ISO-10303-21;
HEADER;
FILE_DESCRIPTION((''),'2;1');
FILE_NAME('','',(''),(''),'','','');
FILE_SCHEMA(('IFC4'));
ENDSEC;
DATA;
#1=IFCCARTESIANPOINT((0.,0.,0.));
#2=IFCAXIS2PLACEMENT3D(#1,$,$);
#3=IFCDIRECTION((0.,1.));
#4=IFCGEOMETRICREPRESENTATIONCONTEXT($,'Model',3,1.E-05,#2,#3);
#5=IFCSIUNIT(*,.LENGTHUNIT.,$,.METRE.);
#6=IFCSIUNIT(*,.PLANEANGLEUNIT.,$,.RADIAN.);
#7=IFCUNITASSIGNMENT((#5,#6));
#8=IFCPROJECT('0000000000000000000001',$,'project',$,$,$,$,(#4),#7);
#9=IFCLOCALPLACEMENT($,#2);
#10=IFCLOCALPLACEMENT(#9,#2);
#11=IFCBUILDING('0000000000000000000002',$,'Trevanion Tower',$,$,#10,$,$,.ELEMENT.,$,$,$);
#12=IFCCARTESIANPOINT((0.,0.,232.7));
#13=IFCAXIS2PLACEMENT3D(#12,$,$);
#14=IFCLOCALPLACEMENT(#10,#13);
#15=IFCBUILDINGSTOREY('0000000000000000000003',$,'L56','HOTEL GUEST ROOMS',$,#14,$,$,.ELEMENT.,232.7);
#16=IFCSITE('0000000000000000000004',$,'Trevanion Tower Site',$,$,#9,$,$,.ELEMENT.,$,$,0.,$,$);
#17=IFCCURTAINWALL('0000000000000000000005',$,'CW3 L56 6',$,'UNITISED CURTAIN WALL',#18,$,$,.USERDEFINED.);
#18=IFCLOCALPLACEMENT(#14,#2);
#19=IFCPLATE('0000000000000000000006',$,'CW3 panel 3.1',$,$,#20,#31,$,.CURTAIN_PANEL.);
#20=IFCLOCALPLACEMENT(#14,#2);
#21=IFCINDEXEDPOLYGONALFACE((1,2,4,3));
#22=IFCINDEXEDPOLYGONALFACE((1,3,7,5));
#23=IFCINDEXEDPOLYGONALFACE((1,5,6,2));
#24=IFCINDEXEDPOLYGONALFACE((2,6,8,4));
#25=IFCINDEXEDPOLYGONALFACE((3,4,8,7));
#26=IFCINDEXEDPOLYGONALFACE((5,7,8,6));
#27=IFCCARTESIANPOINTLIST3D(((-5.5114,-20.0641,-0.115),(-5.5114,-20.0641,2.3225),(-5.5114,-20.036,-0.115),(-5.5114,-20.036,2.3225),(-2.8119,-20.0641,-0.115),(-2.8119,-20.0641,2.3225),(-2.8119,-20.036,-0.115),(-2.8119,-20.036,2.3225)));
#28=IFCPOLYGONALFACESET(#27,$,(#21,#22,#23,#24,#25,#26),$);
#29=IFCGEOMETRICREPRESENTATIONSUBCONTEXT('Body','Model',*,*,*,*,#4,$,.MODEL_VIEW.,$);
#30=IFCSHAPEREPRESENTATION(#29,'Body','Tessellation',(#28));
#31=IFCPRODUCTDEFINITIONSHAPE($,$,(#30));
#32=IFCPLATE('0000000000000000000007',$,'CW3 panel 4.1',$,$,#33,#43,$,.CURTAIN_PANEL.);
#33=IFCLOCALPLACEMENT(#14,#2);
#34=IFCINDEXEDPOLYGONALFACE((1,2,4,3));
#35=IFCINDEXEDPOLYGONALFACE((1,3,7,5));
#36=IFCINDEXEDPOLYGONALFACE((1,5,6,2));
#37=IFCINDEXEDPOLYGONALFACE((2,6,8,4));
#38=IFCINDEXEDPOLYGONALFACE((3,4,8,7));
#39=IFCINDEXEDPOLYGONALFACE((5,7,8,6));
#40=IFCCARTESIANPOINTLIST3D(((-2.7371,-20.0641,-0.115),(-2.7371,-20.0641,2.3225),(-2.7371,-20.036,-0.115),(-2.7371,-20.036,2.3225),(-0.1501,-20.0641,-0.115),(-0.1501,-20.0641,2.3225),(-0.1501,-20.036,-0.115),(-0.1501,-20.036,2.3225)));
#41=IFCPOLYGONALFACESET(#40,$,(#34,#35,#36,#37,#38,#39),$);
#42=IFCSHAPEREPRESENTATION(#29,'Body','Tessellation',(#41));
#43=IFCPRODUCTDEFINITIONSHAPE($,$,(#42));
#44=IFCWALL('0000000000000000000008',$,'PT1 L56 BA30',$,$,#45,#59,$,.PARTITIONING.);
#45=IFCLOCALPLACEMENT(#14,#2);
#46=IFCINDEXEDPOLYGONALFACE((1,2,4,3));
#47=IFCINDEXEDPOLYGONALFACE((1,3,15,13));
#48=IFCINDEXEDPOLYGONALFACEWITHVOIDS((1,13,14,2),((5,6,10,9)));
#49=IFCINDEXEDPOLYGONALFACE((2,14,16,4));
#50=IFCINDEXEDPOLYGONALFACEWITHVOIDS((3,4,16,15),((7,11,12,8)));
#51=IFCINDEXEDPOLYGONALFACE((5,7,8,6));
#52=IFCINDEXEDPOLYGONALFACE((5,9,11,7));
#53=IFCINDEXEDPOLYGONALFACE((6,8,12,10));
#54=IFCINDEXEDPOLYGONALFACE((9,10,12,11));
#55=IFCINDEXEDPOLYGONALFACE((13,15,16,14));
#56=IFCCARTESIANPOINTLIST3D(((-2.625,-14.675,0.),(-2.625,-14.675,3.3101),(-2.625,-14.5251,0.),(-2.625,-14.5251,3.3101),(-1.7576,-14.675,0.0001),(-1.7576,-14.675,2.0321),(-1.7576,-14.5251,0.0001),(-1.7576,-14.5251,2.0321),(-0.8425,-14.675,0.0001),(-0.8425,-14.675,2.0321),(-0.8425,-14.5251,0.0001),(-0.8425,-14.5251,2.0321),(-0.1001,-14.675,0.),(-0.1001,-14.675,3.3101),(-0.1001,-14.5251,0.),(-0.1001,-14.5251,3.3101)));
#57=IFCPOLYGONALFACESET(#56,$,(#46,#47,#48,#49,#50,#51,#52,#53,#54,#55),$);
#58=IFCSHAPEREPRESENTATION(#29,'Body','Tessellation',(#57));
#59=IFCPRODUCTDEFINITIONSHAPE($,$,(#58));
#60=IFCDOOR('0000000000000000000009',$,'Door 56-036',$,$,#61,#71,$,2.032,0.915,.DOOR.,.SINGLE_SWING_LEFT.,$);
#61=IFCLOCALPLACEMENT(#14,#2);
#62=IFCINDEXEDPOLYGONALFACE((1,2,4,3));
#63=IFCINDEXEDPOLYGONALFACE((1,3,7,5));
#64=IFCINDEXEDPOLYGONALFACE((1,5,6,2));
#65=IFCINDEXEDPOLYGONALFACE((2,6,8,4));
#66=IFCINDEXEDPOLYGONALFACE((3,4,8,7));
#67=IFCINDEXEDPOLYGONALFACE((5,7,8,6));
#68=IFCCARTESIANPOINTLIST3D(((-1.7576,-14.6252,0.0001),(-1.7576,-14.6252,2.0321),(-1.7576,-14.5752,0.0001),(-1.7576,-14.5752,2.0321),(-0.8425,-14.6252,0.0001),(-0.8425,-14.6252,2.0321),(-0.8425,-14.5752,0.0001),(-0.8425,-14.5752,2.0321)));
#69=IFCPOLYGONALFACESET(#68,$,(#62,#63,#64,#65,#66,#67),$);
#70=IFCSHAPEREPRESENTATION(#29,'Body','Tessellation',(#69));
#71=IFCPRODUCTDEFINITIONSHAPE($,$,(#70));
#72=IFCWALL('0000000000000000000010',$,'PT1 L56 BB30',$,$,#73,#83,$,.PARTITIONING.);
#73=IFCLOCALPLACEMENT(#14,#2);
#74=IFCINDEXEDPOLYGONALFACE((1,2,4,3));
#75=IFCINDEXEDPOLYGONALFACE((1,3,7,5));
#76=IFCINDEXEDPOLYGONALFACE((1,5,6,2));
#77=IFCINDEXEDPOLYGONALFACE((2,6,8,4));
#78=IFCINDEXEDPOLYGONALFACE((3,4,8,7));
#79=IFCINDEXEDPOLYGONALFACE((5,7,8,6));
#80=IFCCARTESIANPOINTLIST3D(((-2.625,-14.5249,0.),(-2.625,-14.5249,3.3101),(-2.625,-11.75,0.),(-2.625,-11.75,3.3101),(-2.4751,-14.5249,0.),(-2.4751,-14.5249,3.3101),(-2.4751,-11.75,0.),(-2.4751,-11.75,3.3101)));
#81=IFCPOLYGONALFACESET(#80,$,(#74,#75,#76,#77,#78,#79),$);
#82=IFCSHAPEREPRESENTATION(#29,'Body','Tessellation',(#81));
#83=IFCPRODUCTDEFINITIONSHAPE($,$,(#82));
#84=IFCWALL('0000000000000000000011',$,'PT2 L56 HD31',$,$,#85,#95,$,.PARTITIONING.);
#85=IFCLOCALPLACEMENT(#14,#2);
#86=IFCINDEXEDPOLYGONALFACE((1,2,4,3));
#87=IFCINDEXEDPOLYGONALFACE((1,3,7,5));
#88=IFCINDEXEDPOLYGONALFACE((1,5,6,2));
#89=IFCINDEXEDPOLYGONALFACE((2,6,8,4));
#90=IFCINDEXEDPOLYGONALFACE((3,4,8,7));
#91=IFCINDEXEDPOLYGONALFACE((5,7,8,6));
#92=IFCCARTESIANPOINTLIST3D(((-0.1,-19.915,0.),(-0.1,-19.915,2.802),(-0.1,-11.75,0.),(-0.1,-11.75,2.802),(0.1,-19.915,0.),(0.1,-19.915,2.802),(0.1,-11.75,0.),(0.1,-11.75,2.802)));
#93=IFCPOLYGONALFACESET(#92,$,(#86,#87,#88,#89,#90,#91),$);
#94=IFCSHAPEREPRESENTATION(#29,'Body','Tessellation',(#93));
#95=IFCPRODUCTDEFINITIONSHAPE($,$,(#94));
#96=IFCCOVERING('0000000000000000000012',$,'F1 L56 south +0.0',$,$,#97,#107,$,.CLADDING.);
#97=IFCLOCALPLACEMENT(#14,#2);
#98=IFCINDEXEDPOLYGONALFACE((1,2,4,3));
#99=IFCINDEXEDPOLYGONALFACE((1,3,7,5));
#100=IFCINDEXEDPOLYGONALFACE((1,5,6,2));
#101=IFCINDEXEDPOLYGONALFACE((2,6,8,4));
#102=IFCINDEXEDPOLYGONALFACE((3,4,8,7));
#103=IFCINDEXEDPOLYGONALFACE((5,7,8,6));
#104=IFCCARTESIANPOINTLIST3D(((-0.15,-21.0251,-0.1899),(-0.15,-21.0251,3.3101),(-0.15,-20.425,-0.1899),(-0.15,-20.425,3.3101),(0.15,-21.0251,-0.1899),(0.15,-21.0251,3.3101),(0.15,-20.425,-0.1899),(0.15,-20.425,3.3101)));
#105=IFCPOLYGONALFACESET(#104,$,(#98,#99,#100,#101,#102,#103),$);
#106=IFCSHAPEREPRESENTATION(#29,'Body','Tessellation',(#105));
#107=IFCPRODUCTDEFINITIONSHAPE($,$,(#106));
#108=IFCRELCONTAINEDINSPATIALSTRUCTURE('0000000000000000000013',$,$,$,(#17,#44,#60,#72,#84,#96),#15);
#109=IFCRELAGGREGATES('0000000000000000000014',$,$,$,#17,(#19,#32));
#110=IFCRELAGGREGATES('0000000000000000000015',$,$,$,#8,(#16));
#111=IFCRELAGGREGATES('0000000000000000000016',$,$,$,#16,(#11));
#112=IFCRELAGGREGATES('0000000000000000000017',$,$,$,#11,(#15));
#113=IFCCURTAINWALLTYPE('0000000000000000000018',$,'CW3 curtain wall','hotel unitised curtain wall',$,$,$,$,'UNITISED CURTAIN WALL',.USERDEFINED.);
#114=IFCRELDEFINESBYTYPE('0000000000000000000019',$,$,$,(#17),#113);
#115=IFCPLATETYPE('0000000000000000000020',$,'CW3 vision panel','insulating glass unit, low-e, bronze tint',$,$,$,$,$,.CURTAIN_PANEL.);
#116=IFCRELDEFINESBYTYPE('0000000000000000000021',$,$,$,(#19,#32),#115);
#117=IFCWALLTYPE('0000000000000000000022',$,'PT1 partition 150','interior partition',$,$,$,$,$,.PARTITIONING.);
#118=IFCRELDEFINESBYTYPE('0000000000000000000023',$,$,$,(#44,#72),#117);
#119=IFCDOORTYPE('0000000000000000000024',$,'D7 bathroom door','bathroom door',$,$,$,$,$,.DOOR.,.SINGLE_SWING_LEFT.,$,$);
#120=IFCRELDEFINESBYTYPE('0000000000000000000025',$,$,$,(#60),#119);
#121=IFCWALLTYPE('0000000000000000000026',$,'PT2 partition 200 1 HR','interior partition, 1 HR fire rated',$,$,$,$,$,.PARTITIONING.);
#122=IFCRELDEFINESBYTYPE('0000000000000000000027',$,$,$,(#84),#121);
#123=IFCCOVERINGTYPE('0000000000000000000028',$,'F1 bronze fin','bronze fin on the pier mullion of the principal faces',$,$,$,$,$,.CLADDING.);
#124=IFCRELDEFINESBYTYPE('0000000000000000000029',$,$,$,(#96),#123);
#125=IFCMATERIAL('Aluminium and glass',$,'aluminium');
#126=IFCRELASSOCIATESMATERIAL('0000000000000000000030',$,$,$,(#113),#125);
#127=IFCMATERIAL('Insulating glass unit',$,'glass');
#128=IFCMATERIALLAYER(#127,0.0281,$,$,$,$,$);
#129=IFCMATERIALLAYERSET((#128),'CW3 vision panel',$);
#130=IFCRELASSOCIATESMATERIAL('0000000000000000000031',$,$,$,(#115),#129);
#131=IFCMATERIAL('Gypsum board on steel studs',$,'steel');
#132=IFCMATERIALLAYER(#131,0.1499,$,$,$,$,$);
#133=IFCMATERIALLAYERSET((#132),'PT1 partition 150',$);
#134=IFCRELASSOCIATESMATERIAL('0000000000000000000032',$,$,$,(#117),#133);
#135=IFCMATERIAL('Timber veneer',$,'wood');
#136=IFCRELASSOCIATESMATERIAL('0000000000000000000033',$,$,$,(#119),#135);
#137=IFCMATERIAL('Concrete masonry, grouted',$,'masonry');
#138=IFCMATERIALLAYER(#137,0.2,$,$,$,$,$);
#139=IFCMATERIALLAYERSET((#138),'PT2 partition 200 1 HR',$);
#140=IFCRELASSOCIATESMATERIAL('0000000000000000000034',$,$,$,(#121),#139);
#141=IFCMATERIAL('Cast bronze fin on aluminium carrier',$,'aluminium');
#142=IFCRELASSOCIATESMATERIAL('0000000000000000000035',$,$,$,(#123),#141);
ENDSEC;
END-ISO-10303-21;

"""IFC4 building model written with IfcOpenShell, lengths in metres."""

from ifc_helpers import new_model, si_unit, direction, frame, frame_2d, origin, origin_2d, place, context, subcontext, project, spatial, rectangle, extrude, material, layer, layer_set, type_object, element, fill, aggregate, save


model = new_model("IFC4")

# Units and contexts
model_context = context("Model", 3, precision=1e-05, world=origin(), true_north=direction((0.0, 1.0)))
body_context = subcontext(model_context, "Body", "Model", "MODEL_VIEW")
ifc_project = project(units=[si_unit("LENGTHUNIT", "METRE"), si_unit("PLANEANGLEUNIT", "RADIAN")], contexts=[model_context])

# Site, building, storey
site_placement = place(None, origin())
site = spatial("IfcSite", under=ifc_project, at=site_placement, Name="Trevanion Tower Site", CompositionType="ELEMENT", RefElevation=0.0)
building_placement = place(site_placement, origin())
building = spatial("IfcBuilding", under=site, at=building_placement, Name="Trevanion Tower", CompositionType="ELEMENT")
storey_placement = place(building_placement, frame((0.0, 0.0, 232.7)))
storey = spatial("IfcBuildingStorey", under=building, at=storey_placement, Name="L56", Description="HOTEL GUEST ROOMS", CompositionType="ELEMENT", Elevation=232.7)

# Curtain wall
ifc_material_1 = material(Name="Aluminium and glass", Category="aluminium")
curtain_wall_type = type_object("IfcCurtainWallType", Name="CW3 curtain wall", Description="hotel unitised curtain wall", ElementType="UNITISED CURTAIN WALL", PredefinedType="USERDEFINED", material=ifc_material_1)
curtain_wall_placement = place(storey_placement, origin())
curtain_wall = element("IfcCurtainWall", 1, at=curtain_wall_placement, inside=storey, type_object=curtain_wall_type, Name="CW3 L56 6", ObjectType="UNITISED CURTAIN WALL", PredefinedType="USERDEFINED")

# Plates
ifc_material_2 = material(Name="Insulating glass unit", Category="glass")
ifc_layer_1 = layer(ifc_material_2, 0.0281)
ifc_layer_set_1 = layer_set([ifc_layer_1], Name="CW3 vision panel")
plate_type_1 = type_object("IfcPlateType", Name="CW3 vision panel", Description="insulating glass unit, low-e, bronze tint", PredefinedType="CURTAIN_PANEL", material=ifc_layer_set_1)
plate_1_placement = place(storey_placement, frame((-4.1616, -20.05, -0.115), z_axis=(0.0, 0.0, 1.0), x_axis=(1.0, 0.0, 0.0)))
plate_1 = element("IfcPlate", 2, at=plate_1_placement, type_object=plate_type_1, Name="CW3 panel 3.1", PredefinedType="CURTAIN_PANEL", context=body_context, shape_type="SweptSolid", body=[
    extrude(rectangle(XDim=2.6995, YDim=0.0281, at=origin_2d()), origin(), (0.0, 0.0, 1.0), 2.4375),
])
plate_2_placement = place(storey_placement, frame((-1.4436, -20.05, -0.115), z_axis=(0.0, 0.0, 1.0), x_axis=(1.0, 0.0, 0.0)))
plate_2 = element("IfcPlate", 3, at=plate_2_placement, type_object=plate_type_1, Name="CW3 panel 4.1", PredefinedType="CURTAIN_PANEL", context=body_context, shape_type="SweptSolid", body=[
    extrude(rectangle(XDim=2.5869, YDim=0.0281, at=origin_2d()), origin(), (0.0, 0.0, 1.0), 2.4375),
])
aggregate(curtain_wall, [plate_1, plate_2])

# Wall, opening, door
ifc_material_3 = material(Name="Gypsum board on steel studs", Category="steel")
ifc_layer_2 = layer(ifc_material_3, 0.1499)
ifc_layer_set_2 = layer_set([ifc_layer_2], Name="PT1 partition 150")
wall_type_1 = type_object("IfcWallType", Name="PT1 partition 150", Description="interior partition", PredefinedType="PARTITIONING", material=ifc_layer_set_2)
wall_1_placement = place(storey_placement, frame((-2.625, -14.6001, 0.0), z_axis=(0.0, 0.0, 1.0), x_axis=(1.0, 0.0, 0.0)))
wall_1 = element("IfcWall", 4, at=wall_1_placement, inside=storey, type_object=wall_type_1, Name="PT1 L56 BA30", PredefinedType="PARTITIONING", context=body_context, shape_type="SweptSolid", body=[
    extrude(rectangle(XDim=2.5249, YDim=0.1499, at=frame_2d((1.2625, 0.0))), origin(), (0.0, 0.0, 1.0), 3.3101),
])
opening_placement = place(wall_1_placement, frame((0.8674, 0.0, 0.0)))
opening = element("IfcOpeningElement", 5, at=opening_placement, cuts=wall_1, PredefinedType="OPENING", context=body_context, shape_type="SweptSolid", body=[
    extrude(rectangle(XDim=0.915, YDim=2.032, at=frame_2d((0.4575, 1.0161))), frame((0.0, 0.085, 0.0), z_axis=(0.0, -1.0, 0.0), x_axis=(1.0, 0.0, 0.0)), (0.0, 0.0, 1.0), 0.1699),
])
ifc_material_4 = material(Name="Timber veneer", Category="wood")
door_type = type_object("IfcDoorType", Name="D7 bathroom door", Description="bathroom door", OperationType="SINGLE_SWING_LEFT", PredefinedType="DOOR", material=ifc_material_4)
door_placement = place(opening_placement, origin())
door = element("IfcDoor", 6, at=door_placement, inside=storey, type_object=door_type, Name="Door 56-036", OperationType="SINGLE_SWING_LEFT", OverallHeight=2.032, OverallWidth=0.915, PredefinedType="DOOR", context=body_context, shape_type="SweptSolid", body=[
    extrude(rectangle(XDim=0.915, YDim=2.032, at=frame_2d((0.4575, 1.0161))), frame((0.0, 0.0249, 0.0), z_axis=(0.0, -1.0, 0.0), x_axis=(1.0, 0.0, 0.0)), (0.0, 0.0, 1.0), 0.05),
])
fill(opening, door)

# Walls
wall_2_placement = place(storey_placement, frame((-2.55, -11.75, 0.0), z_axis=(0.0, 0.0, 1.0), x_axis=(0.0, -1.0, 0.0)))
element("IfcWall", 7, at=wall_2_placement, inside=storey, type_object=wall_type_1, Name="PT1 L56 BB30", PredefinedType="PARTITIONING", context=body_context, shape_type="SweptSolid", body=[
    extrude(rectangle(XDim=2.7749, YDim=0.1499, at=frame_2d((1.3875, 0.0))), origin(), (0.0, 0.0, 1.0), 3.3101),
])
ifc_material_5 = material(Name="Concrete masonry, grouted", Category="masonry")
ifc_layer_3 = layer(ifc_material_5, 0.2)
ifc_layer_set_3 = layer_set([ifc_layer_3], Name="PT2 partition 200 1 HR")
wall_type_2 = type_object("IfcWallType", Name="PT2 partition 200 1 HR", Description="interior partition, 1 HR fire rated", PredefinedType="PARTITIONING", material=ifc_layer_set_3)
wall_3_placement = place(storey_placement, frame((0.0, -11.75, 0.0), z_axis=(0.0, 0.0, 1.0), x_axis=(0.0, -1.0, 0.0)))
element("IfcWall", 8, at=wall_3_placement, inside=storey, type_object=wall_type_2, Name="PT2 L56 HD31", PredefinedType="PARTITIONING", context=body_context, shape_type="SweptSolid", body=[
    extrude(rectangle(XDim=8.165, YDim=0.2, at=frame_2d((4.0825, 0.0))), origin(), (0.0, 0.0, 1.0), 2.802),
])

# Covering
ifc_material_6 = material(Name="Cast bronze fin on aluminium carrier", Category="aluminium")
covering_type = type_object("IfcCoveringType", Name="F1 bronze fin", Description="bronze fin on the pier mullion of the principal faces", PredefinedType="CLADDING", material=ifc_material_6)
covering_placement = place(storey_placement, frame((0.0, -20.7251, -0.1899), z_axis=(0.0, 0.0, 1.0), x_axis=(1.0, 0.0, 0.0)))
element("IfcCovering", 9, at=covering_placement, inside=storey, type_object=covering_type, Name="F1 L56 south +0.0", PredefinedType="CLADDING", context=body_context, shape_type="SweptSolid", body=[
    extrude(rectangle(XDim=0.3, YDim=0.6001, at=origin_2d()), origin(), (0.0, 0.0, 1.0), 3.5),
])

save(model, "model.ifc")
